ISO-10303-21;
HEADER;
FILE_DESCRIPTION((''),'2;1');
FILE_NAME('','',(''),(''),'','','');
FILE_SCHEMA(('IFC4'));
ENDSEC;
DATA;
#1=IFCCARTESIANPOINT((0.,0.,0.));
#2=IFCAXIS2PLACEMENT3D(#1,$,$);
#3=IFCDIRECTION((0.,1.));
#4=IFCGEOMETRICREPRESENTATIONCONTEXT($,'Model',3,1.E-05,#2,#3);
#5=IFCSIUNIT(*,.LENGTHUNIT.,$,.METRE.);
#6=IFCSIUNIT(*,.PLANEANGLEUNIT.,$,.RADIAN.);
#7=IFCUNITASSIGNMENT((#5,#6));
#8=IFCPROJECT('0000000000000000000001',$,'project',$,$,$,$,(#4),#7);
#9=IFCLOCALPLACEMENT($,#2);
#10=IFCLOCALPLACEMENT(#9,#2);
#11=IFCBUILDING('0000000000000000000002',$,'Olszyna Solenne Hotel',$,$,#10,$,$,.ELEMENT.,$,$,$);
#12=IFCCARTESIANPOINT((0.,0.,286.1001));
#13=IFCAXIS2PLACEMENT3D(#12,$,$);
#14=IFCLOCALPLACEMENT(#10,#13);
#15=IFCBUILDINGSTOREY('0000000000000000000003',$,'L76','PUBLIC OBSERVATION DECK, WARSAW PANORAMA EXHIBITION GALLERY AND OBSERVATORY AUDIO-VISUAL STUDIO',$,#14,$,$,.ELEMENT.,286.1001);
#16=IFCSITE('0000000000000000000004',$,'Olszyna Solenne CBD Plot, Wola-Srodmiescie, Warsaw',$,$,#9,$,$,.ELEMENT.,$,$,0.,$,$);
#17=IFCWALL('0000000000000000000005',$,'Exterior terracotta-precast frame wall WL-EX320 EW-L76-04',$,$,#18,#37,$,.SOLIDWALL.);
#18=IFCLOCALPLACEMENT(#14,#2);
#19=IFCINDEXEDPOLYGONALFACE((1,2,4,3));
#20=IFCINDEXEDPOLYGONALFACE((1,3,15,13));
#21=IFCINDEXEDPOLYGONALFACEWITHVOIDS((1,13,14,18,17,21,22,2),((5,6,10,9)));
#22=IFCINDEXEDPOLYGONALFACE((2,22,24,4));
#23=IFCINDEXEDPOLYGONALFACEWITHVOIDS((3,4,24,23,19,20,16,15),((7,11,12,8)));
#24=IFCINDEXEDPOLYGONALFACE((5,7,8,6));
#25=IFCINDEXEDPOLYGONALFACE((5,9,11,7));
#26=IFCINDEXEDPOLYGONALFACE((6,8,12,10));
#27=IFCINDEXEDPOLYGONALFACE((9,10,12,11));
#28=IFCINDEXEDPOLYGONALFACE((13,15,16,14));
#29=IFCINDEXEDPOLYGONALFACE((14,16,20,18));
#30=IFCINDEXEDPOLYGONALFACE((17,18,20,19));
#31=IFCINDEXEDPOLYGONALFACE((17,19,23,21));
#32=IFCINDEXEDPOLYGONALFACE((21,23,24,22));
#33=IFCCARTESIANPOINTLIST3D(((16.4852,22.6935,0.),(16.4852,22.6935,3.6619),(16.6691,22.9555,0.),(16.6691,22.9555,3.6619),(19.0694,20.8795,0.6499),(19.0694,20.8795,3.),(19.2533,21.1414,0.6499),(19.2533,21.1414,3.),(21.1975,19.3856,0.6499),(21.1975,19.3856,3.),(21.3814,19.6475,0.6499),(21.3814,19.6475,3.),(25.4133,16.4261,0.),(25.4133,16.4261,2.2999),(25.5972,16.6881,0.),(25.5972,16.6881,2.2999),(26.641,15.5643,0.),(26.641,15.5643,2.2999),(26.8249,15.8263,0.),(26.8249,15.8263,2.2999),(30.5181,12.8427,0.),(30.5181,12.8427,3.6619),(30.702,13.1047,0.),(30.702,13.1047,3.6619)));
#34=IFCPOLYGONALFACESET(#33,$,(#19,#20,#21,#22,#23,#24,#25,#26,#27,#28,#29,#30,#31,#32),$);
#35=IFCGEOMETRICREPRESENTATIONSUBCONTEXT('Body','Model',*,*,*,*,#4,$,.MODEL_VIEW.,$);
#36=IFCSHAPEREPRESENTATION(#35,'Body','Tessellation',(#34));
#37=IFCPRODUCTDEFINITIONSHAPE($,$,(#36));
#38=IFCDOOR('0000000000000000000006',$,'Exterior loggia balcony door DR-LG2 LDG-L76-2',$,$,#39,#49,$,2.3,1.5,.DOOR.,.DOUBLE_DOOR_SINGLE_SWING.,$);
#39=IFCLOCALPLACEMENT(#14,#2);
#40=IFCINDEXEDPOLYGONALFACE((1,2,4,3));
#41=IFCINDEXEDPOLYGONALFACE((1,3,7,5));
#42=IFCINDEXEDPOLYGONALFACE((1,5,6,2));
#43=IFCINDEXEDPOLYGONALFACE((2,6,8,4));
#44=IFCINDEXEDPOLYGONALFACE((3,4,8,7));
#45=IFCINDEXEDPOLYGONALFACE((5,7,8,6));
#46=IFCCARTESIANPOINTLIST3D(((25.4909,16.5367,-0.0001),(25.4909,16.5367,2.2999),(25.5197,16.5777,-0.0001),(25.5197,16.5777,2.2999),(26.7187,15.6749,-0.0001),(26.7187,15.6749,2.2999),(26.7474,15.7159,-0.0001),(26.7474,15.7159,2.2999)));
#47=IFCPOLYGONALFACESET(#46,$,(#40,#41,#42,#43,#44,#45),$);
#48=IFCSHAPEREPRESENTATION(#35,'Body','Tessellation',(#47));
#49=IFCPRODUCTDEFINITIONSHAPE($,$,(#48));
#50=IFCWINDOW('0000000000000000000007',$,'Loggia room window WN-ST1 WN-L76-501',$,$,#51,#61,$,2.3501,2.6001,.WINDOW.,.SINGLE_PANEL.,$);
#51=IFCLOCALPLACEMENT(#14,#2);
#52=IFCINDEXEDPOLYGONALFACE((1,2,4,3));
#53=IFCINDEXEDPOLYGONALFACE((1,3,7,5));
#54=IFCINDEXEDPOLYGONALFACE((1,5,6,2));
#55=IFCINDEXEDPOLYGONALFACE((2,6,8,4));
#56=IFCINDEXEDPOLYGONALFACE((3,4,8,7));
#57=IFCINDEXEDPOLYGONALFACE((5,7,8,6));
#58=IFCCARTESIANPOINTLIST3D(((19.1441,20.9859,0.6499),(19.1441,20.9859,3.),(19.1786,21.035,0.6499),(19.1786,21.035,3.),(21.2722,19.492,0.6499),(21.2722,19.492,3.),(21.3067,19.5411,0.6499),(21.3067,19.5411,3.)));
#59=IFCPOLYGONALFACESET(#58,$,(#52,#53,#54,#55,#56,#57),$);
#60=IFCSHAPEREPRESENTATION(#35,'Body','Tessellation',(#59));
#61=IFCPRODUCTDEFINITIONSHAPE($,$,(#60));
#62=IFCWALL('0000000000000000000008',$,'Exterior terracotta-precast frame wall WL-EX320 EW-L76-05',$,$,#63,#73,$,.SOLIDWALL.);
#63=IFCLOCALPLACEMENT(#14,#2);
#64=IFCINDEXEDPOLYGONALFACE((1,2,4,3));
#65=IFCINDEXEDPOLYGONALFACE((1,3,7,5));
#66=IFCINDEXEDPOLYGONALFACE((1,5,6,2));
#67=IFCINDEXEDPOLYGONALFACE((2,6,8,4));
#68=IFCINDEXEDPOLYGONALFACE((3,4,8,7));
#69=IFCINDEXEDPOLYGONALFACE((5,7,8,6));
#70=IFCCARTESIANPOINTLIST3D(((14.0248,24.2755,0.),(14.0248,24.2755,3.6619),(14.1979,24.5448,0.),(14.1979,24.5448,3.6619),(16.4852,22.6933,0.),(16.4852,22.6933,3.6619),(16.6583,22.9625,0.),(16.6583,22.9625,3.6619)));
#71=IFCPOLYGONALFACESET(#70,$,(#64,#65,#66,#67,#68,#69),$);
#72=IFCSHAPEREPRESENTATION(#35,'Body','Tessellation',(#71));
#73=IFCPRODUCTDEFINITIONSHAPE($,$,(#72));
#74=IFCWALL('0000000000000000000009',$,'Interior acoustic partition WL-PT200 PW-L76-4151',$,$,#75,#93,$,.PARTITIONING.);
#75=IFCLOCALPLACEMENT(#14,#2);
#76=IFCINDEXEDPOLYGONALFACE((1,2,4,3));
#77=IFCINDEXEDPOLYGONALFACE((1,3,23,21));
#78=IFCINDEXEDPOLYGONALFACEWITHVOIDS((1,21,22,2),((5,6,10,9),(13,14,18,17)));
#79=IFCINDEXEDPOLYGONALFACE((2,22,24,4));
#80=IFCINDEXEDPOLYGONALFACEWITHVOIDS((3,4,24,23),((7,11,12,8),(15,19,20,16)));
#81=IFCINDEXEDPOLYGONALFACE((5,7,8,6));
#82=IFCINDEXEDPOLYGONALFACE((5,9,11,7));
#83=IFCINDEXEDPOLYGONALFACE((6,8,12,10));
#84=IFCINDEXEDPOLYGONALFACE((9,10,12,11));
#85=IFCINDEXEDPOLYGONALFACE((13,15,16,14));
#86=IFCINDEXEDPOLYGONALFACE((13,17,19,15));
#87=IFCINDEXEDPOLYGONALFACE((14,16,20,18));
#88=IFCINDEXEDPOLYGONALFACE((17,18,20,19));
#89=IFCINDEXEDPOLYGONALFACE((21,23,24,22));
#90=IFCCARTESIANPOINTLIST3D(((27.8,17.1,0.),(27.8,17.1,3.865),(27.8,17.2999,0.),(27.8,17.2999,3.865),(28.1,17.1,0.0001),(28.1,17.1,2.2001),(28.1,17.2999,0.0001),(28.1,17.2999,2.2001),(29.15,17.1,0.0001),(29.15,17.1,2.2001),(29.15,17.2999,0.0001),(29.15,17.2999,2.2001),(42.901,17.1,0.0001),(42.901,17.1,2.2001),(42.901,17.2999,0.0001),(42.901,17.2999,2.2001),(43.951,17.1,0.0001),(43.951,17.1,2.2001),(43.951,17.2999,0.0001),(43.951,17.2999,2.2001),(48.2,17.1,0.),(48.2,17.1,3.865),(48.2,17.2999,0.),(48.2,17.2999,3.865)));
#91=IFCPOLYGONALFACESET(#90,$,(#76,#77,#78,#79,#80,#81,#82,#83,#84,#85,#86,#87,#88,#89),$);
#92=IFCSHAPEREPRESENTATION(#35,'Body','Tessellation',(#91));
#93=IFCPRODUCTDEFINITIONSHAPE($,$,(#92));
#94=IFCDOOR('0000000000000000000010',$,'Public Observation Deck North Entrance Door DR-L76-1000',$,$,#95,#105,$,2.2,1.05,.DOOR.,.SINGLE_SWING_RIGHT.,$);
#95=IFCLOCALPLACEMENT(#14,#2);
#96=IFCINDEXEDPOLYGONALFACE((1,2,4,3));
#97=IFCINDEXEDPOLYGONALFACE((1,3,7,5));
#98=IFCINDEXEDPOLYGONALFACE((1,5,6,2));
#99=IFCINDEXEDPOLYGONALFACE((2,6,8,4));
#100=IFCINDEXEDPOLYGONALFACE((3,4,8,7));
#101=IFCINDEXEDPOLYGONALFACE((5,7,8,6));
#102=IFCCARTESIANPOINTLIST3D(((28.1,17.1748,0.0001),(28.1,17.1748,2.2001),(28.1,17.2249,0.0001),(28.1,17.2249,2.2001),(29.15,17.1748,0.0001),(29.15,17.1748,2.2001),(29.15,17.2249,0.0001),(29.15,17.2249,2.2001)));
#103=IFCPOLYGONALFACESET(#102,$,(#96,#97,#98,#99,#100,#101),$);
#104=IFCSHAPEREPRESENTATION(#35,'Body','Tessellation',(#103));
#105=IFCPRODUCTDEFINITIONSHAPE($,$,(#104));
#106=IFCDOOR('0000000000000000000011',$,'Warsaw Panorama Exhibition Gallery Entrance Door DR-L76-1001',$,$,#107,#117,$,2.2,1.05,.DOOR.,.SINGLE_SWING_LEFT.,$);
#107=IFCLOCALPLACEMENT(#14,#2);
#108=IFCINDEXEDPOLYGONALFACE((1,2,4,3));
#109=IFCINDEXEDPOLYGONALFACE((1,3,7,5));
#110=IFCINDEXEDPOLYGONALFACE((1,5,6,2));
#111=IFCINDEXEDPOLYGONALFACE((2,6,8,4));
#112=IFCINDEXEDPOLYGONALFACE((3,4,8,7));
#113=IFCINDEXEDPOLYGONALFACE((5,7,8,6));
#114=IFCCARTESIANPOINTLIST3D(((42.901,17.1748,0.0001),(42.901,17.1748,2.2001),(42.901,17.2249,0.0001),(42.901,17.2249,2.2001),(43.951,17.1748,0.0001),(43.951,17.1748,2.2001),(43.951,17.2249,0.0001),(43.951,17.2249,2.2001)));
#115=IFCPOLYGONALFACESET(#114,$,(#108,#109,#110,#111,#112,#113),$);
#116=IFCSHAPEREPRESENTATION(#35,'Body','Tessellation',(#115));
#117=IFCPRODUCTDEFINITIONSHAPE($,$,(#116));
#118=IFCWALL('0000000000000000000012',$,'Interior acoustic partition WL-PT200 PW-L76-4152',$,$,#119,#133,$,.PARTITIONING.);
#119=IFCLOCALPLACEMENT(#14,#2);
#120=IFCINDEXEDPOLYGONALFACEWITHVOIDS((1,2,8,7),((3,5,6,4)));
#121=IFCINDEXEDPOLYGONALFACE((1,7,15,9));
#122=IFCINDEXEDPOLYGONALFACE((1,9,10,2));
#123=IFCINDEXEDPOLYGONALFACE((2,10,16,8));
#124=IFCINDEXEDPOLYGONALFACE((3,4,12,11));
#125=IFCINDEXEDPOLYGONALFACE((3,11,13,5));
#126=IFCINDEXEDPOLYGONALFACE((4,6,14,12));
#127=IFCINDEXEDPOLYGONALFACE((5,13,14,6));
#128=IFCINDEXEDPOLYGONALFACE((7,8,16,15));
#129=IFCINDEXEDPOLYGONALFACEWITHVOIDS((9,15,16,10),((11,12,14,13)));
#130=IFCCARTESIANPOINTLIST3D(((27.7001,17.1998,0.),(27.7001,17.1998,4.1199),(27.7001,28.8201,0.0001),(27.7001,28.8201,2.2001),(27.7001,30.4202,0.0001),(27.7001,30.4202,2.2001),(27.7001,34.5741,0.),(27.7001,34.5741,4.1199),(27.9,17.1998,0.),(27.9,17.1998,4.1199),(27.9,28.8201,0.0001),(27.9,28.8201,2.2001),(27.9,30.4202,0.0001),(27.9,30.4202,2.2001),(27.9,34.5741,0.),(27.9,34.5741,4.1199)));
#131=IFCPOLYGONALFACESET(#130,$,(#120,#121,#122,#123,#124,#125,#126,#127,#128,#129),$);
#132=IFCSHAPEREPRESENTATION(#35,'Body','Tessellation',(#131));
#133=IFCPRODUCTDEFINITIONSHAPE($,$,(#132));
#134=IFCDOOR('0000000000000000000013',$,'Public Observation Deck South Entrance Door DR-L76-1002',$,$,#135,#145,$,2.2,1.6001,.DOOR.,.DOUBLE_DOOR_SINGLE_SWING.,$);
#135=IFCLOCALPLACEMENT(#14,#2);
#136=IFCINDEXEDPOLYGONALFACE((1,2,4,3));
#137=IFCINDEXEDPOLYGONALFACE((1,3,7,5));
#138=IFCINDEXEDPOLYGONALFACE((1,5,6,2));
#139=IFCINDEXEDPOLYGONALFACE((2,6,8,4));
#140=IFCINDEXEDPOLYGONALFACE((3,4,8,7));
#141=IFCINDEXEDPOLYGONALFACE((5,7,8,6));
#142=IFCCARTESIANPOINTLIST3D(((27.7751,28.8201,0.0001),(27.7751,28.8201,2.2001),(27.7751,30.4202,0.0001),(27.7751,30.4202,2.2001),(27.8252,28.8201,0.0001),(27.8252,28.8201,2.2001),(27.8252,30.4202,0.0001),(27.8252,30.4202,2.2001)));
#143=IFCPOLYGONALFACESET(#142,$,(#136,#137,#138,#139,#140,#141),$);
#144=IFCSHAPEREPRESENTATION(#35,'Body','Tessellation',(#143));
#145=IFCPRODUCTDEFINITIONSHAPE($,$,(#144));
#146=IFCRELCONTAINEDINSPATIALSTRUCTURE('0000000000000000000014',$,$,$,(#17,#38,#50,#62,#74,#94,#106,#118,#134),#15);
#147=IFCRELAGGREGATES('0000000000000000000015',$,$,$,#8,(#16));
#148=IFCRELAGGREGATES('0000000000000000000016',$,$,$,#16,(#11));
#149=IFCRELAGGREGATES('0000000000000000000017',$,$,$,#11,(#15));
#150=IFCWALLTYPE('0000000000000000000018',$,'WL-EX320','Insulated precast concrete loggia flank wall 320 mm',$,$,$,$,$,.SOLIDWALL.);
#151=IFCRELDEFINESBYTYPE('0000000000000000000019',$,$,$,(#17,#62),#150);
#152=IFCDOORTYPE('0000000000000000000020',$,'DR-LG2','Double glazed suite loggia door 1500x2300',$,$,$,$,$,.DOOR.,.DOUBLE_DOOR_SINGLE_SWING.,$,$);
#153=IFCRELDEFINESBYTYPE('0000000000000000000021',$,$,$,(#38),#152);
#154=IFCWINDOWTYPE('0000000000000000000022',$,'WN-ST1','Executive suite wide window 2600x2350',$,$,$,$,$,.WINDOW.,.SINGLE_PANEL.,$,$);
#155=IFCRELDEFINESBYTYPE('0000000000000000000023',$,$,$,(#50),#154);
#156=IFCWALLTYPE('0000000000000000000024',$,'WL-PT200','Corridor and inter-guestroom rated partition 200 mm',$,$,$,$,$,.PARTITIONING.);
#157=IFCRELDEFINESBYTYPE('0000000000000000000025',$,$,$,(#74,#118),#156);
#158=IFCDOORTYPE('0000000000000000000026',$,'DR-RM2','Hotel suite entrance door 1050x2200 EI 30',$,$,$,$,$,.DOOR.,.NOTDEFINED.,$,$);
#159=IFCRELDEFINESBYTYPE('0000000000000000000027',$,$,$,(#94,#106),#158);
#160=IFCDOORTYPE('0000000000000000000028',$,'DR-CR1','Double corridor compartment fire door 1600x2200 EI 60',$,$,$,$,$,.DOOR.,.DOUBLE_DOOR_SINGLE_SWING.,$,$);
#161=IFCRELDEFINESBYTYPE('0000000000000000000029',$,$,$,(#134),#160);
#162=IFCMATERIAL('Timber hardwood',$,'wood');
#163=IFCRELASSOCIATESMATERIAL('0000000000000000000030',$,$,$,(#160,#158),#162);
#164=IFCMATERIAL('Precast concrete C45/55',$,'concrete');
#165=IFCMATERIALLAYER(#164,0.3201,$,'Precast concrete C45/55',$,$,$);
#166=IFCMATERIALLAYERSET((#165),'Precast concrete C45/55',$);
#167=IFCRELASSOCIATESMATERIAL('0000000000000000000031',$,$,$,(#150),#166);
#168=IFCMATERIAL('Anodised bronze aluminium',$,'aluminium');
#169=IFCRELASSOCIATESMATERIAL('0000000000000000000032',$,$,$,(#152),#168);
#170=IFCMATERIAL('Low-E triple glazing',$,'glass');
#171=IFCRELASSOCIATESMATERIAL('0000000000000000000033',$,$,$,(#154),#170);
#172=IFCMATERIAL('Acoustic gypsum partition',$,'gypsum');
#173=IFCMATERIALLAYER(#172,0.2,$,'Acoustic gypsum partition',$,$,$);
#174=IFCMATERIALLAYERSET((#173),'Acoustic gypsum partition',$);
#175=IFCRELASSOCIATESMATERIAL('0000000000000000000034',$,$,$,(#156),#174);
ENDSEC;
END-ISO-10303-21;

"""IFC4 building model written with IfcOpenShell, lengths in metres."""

from ifc_helpers import new_model, si_unit, direction, frame, frame_2d, origin, place, context, subcontext, project, spatial, rectangle, extrude, source, transform, mapped, material, layer, layer_set, type_object, type_shapes, element, fill, save


model = new_model("IFC4")

# Units and contexts
model_context = context("Model", 3, precision=1e-05, world=origin(), true_north=direction((0.0, 1.0)))
body_context = subcontext(model_context, "Body", "Model", "MODEL_VIEW")
ifc_project = project(units=[si_unit("LENGTHUNIT", "METRE"), si_unit("PLANEANGLEUNIT", "RADIAN")], contexts=[model_context])

# Site, building, storey
site_placement = place(None, origin())
site = spatial("IfcSite", under=ifc_project, at=site_placement, Name="Olszyna Solenne CBD Plot, Wola-Srodmiescie, Warsaw", CompositionType="ELEMENT", RefElevation=0.0)
building_placement = place(site_placement, origin())
building = spatial("IfcBuilding", under=site, at=building_placement, Name="Olszyna Solenne Hotel", CompositionType="ELEMENT")
storey_placement = place(building_placement, frame((0.0, 0.0, 286.1001)))
storey = spatial("IfcBuildingStorey", under=building, at=storey_placement, Name="L76", Description="PUBLIC OBSERVATION DECK, WARSAW PANORAMA EXHIBITION GALLERY AND OBSERVATORY AUDIO-VISUAL STUDIO", CompositionType="ELEMENT", Elevation=286.1001)

# Shared definitions
ifc_material_1 = material(Name="Anodised bronze aluminium", Category="aluminium")

# Shared definitions
ifc_material_2 = material(Name="Timber hardwood", Category="wood")
door_type_1 = type_object("IfcDoorType", Name="DR-CR1", Description="Double corridor compartment fire door 1600x2200 EI 60", OperationType="DOUBLE_DOOR_SINGLE_SWING", PredefinedType="DOOR", material=ifc_material_2)
shared_shape_1 = source(origin(), body_context, "Body", "SweptSolid", [
    extrude(rectangle(XDim=1.6001, YDim=2.2, at=frame_2d((0.8, 1.1001))), frame((0.0, 0.0249, 0.0), z_axis=(0.0, -1.0, 0.0), x_axis=(1.0, 0.0, 0.0)), (0.0, 0.0, 1.0), 0.05),
])
type_shapes(door_type_1, [shared_shape_1])

# Wall, openings, door, window
ifc_material_3 = material(Name="Precast concrete C45/55", Category="concrete")
ifc_layer_1 = layer(ifc_material_3, 0.3201, Name="Precast concrete C45/55")
ifc_layer_set_1 = layer_set([ifc_layer_1], Name="Precast concrete C45/55")
wall_type_1 = type_object("IfcWallType", Name="WL-EX320", Description="Insulated precast concrete loggia flank wall 320 mm", PredefinedType="SOLIDWALL", material=ifc_layer_set_1)
wall_1_placement = place(storey_placement, frame((30.6101, 12.9736, 0.0), z_axis=(0.0, 0.0, 1.0), x_axis=(-0.818471, 0.574548, 0.0)))
wall_1 = element("IfcWall", 1, at=wall_1_placement, inside=storey, type_object=wall_type_1, Name="Exterior terracotta-precast frame wall WL-EX320 EW-L76-04", PredefinedType="SOLIDWALL", context=body_context, shape_type="SweptSolid", body=[
    extrude(rectangle(XDim=17.1453, YDim=0.3201, at=frame_2d((8.5728, 0.0))), origin(), (0.0, 0.0, 1.0), 3.6619),
])
opening_1_placement = place(wall_1_placement, frame((4.7371, 0.0, 0.0)))
opening_1 = element("IfcOpeningElement", 2, at=opening_1_placement, cuts=wall_1, PredefinedType="OPENING", context=body_context, shape_type="SweptSolid", body=[
    extrude(rectangle(XDim=1.5, YDim=2.3, at=frame_2d((0.75, 1.1499))), frame((0.0, 0.1699, 0.0), z_axis=(0.0, -1.0, 0.0), x_axis=(1.0, 0.0, 0.0)), (0.0, 0.0, 1.0), 0.3401),
])
opening_2_placement = place(wall_1_placement, frame((11.3879, 0.0, 0.6499)))
opening_2 = element("IfcOpeningElement", 3, at=opening_2_placement, cuts=wall_1, PredefinedType="OPENING", context=body_context, shape_type="SweptSolid", body=[
    extrude(rectangle(XDim=2.6001, YDim=2.3501, at=frame_2d((1.3, 1.175))), frame((0.0, 0.1699, 0.0), z_axis=(0.0, -1.0, 0.0), x_axis=(1.0, 0.0, 0.0)), (0.0, 0.0, 1.0), 0.3401),
])
door_type_2 = type_object("IfcDoorType", Name="DR-LG2", Description="Double glazed suite loggia door 1500x2300", OperationType="DOUBLE_DOOR_SINGLE_SWING", PredefinedType="DOOR", material=ifc_material_1)
shared_shape_2 = source(origin(), body_context, "Body", "SweptSolid", [
    extrude(rectangle(XDim=1.5, YDim=2.3, at=frame_2d((0.75, 1.1499))), frame((0.0, 0.0249, 0.0), z_axis=(0.0, -1.0, 0.0), x_axis=(1.0, 0.0, 0.0)), (0.0, 0.0, 1.0), 0.05),
])
type_shapes(door_type_2, [shared_shape_2])
door_1_placement = place(opening_1_placement, origin())
door_1 = element("IfcDoor", 4, at=door_1_placement, inside=storey, type_object=door_type_2, Name="Exterior loggia balcony door DR-LG2 LDG-L76-2", OperationType="DOUBLE_DOOR_SINGLE_SWING", OverallHeight=2.3, OverallWidth=1.5, PredefinedType="DOOR", context=body_context, shape_type="MappedRepresentation", body=[
    mapped(shared_shape_2, transform((0.0, 0.0, 0.0), x_axis=(1.0, 0.0, 0.0), y_axis=(0.0, 1.0, 0.0), z_axis=(0.0, 0.0, 1.0), scale=1.0)),
])
fill(opening_1, door_1)
ifc_material_4 = material(Name="Low-E triple glazing", Category="glass")
window_type = type_object("IfcWindowType", Name="WN-ST1", Description="Executive suite wide window 2600x2350", PartitioningType="SINGLE_PANEL", PredefinedType="WINDOW", material=ifc_material_4)
shared_shape_3 = source(origin(), body_context, "Body", "SweptSolid", [
    extrude(rectangle(XDim=2.6001, YDim=2.3501, at=frame_2d((1.3, 1.175))), frame((0.0, 0.03, 0.0), z_axis=(0.0, -1.0, 0.0), x_axis=(1.0, 0.0, 0.0)), (0.0, 0.0, 1.0), 0.0601),
])
type_shapes(window_type, [shared_shape_3])
window_placement = place(opening_2_placement, origin())
window = element("IfcWindow", 5, at=window_placement, inside=storey, type_object=window_type, Name="Loggia room window WN-ST1 WN-L76-501", OverallHeight=2.3501, OverallWidth=2.6001, PartitioningType="SINGLE_PANEL", PredefinedType="WINDOW", context=body_context, shape_type="MappedRepresentation", body=[
    mapped(shared_shape_3, transform((0.0, 0.0, 0.0), x_axis=(1.0, 0.0, 0.0), y_axis=(0.0, 1.0, 0.0), z_axis=(0.0, 0.0, 1.0), scale=1.0)),
])
fill(opening_2, window)

# Wall
wall_2_placement = place(storey_placement, frame((16.5718, 22.8279, 0.0), z_axis=(0.0, 0.0, 1.0), x_axis=(-0.841092, 0.540893, 0.0)))
element("IfcWall", 6, at=wall_2_placement, inside=storey, type_object=wall_type_1, Name="Exterior terracotta-precast frame wall WL-EX320 EW-L76-05", PredefinedType="SOLIDWALL", context=body_context, shape_type="SweptSolid", body=[
    extrude(rectangle(XDim=2.9253, YDim=0.3201, at=frame_2d((1.4626, 0.0))), origin(), (0.0, 0.0, 1.0), 3.6619),
])

# Wall, openings, doors
ifc_material_5 = material(Name="Acoustic gypsum partition", Category="gypsum")
ifc_layer_2 = layer(ifc_material_5, 0.2, Name="Acoustic gypsum partition")
ifc_layer_set_2 = layer_set([ifc_layer_2], Name="Acoustic gypsum partition")
wall_type_2 = type_object("IfcWallType", Name="WL-PT200", Description="Corridor and inter-guestroom rated partition 200 mm", PredefinedType="PARTITIONING", material=ifc_layer_set_2)
wall_3_placement = place(storey_placement, frame((27.8, 17.2, 0.0), z_axis=(0.0, 0.0, 1.0), x_axis=(1.0, 0.0, 0.0)))
wall_3 = element("IfcWall", 7, at=wall_3_placement, inside=storey, type_object=wall_type_2, Name="Interior acoustic partition WL-PT200 PW-L76-4151", PredefinedType="PARTITIONING", context=body_context, shape_type="SweptSolid", body=[
    extrude(rectangle(XDim=20.3999, YDim=0.2, at=frame_2d((10.2, 0.0))), origin(), (0.0, 0.0, 1.0), 3.865),
])
opening_3_placement = place(wall_3_placement, frame((0.3, 0.0, 0.0)))
opening_3 = element("IfcOpeningElement", 8, at=opening_3_placement, cuts=wall_3, PredefinedType="OPENING", context=body_context, shape_type="SweptSolid", body=[
    extrude(rectangle(XDim=1.05, YDim=2.2, at=frame_2d((0.5249, 1.1001))), frame((0.0, 0.1099, 0.0), z_axis=(0.0, -1.0, 0.0), x_axis=(1.0, 0.0, 0.0)), (0.0, 0.0, 1.0), 0.22),
])
opening_4_placement = place(wall_3_placement, frame((15.1011, 0.0, 0.0)))
opening_4 = element("IfcOpeningElement", 9, at=opening_4_placement, cuts=wall_3, PredefinedType="OPENING", context=body_context, shape_type="SweptSolid", body=[
    extrude(rectangle(XDim=1.05, YDim=2.2, at=frame_2d((0.5249, 1.1001))), frame((0.0, 0.1099, 0.0), z_axis=(0.0, -1.0, 0.0), x_axis=(1.0, 0.0, 0.0)), (0.0, 0.0, 1.0), 0.22),
])
door_type_3 = type_object("IfcDoorType", Name="DR-RM2", Description="Hotel suite entrance door 1050x2200 EI 30", OperationType="NOTDEFINED", PredefinedType="DOOR", material=ifc_material_2)
shared_shape_4 = source(origin(), body_context, "Body", "SweptSolid", [
    extrude(rectangle(XDim=1.05, YDim=2.2, at=frame_2d((0.5249, 1.1001))), frame((0.0, 0.0249, 0.0), z_axis=(0.0, -1.0, 0.0), x_axis=(1.0, 0.0, 0.0)), (0.0, 0.0, 1.0), 0.05),
])
type_shapes(door_type_3, [shared_shape_4])
door_2_placement = place(opening_3_placement, origin())
door_2 = element("IfcDoor", 10, at=door_2_placement, inside=storey, type_object=door_type_3, Name="Public Observation Deck North Entrance Door DR-L76-1000", OperationType="SINGLE_SWING_RIGHT", OverallHeight=2.2, OverallWidth=1.05, PredefinedType="DOOR", context=body_context, shape_type="MappedRepresentation", body=[
    mapped(shared_shape_4, transform((0.0, 0.0, 0.0), x_axis=(1.0, 0.0, 0.0), y_axis=(0.0, 1.0, 0.0), z_axis=(0.0, 0.0, 1.0), scale=1.0)),
])
fill(opening_3, door_2)
door_3_placement = place(opening_4_placement, origin())
door_3 = element("IfcDoor", 11, at=door_3_placement, inside=storey, type_object=door_type_3, Name="Warsaw Panorama Exhibition Gallery Entrance Door DR-L76-1001", OperationType="SINGLE_SWING_LEFT", OverallHeight=2.2, OverallWidth=1.05, PredefinedType="DOOR", context=body_context, shape_type="MappedRepresentation", body=[
    mapped(shared_shape_4, transform((0.0, 0.0, 0.0), x_axis=(1.0, 0.0, 0.0), y_axis=(0.0, 1.0, 0.0), z_axis=(0.0, 0.0, 1.0), scale=1.0)),
])
fill(opening_4, door_3)

# Wall, opening, door
wall_4_placement = place(storey_placement, frame((27.8, 17.2, 0.0), z_axis=(0.0, 0.0, 1.0), x_axis=(0.0, 1.0, 0.0)))
wall_4 = element("IfcWall", 12, at=wall_4_placement, inside=storey, type_object=wall_type_2, Name="Interior acoustic partition WL-PT200 PW-L76-4152", PredefinedType="PARTITIONING", context=body_context, shape_type="SweptSolid", body=[
    extrude(rectangle(XDim=17.3743, YDim=0.2, at=frame_2d((8.687, 0.0))), origin(), (0.0, 0.0, 1.0), 4.1199),
])
opening_5_placement = place(wall_4_placement, frame((11.6201, 0.0, 0.0)))
opening_5 = element("IfcOpeningElement", 13, at=opening_5_placement, cuts=wall_4, PredefinedType="OPENING", context=body_context, shape_type="SweptSolid", body=[
    extrude(rectangle(XDim=1.6001, YDim=2.2, at=frame_2d((0.8, 1.1001))), frame((0.0, 0.1099, 0.0), z_axis=(0.0, -1.0, 0.0), x_axis=(1.0, 0.0, 0.0)), (0.0, 0.0, 1.0), 0.22),
])
door_4_placement = place(opening_5_placement, origin())
door_4 = element("IfcDoor", 14, at=door_4_placement, inside=storey, type_object=door_type_1, Name="Public Observation Deck South Entrance Door DR-L76-1002", OperationType="DOUBLE_DOOR_SINGLE_SWING", OverallHeight=2.2, OverallWidth=1.6001, PredefinedType="DOOR", context=body_context, shape_type="MappedRepresentation", body=[
    mapped(shared_shape_1, transform((0.0, 0.0, 0.0), x_axis=(1.0, 0.0, 0.0), y_axis=(0.0, 1.0, 0.0), z_axis=(0.0, 0.0, 1.0), scale=1.0)),
])
fill(opening_5, door_4)

save(model, "model.ifc")
